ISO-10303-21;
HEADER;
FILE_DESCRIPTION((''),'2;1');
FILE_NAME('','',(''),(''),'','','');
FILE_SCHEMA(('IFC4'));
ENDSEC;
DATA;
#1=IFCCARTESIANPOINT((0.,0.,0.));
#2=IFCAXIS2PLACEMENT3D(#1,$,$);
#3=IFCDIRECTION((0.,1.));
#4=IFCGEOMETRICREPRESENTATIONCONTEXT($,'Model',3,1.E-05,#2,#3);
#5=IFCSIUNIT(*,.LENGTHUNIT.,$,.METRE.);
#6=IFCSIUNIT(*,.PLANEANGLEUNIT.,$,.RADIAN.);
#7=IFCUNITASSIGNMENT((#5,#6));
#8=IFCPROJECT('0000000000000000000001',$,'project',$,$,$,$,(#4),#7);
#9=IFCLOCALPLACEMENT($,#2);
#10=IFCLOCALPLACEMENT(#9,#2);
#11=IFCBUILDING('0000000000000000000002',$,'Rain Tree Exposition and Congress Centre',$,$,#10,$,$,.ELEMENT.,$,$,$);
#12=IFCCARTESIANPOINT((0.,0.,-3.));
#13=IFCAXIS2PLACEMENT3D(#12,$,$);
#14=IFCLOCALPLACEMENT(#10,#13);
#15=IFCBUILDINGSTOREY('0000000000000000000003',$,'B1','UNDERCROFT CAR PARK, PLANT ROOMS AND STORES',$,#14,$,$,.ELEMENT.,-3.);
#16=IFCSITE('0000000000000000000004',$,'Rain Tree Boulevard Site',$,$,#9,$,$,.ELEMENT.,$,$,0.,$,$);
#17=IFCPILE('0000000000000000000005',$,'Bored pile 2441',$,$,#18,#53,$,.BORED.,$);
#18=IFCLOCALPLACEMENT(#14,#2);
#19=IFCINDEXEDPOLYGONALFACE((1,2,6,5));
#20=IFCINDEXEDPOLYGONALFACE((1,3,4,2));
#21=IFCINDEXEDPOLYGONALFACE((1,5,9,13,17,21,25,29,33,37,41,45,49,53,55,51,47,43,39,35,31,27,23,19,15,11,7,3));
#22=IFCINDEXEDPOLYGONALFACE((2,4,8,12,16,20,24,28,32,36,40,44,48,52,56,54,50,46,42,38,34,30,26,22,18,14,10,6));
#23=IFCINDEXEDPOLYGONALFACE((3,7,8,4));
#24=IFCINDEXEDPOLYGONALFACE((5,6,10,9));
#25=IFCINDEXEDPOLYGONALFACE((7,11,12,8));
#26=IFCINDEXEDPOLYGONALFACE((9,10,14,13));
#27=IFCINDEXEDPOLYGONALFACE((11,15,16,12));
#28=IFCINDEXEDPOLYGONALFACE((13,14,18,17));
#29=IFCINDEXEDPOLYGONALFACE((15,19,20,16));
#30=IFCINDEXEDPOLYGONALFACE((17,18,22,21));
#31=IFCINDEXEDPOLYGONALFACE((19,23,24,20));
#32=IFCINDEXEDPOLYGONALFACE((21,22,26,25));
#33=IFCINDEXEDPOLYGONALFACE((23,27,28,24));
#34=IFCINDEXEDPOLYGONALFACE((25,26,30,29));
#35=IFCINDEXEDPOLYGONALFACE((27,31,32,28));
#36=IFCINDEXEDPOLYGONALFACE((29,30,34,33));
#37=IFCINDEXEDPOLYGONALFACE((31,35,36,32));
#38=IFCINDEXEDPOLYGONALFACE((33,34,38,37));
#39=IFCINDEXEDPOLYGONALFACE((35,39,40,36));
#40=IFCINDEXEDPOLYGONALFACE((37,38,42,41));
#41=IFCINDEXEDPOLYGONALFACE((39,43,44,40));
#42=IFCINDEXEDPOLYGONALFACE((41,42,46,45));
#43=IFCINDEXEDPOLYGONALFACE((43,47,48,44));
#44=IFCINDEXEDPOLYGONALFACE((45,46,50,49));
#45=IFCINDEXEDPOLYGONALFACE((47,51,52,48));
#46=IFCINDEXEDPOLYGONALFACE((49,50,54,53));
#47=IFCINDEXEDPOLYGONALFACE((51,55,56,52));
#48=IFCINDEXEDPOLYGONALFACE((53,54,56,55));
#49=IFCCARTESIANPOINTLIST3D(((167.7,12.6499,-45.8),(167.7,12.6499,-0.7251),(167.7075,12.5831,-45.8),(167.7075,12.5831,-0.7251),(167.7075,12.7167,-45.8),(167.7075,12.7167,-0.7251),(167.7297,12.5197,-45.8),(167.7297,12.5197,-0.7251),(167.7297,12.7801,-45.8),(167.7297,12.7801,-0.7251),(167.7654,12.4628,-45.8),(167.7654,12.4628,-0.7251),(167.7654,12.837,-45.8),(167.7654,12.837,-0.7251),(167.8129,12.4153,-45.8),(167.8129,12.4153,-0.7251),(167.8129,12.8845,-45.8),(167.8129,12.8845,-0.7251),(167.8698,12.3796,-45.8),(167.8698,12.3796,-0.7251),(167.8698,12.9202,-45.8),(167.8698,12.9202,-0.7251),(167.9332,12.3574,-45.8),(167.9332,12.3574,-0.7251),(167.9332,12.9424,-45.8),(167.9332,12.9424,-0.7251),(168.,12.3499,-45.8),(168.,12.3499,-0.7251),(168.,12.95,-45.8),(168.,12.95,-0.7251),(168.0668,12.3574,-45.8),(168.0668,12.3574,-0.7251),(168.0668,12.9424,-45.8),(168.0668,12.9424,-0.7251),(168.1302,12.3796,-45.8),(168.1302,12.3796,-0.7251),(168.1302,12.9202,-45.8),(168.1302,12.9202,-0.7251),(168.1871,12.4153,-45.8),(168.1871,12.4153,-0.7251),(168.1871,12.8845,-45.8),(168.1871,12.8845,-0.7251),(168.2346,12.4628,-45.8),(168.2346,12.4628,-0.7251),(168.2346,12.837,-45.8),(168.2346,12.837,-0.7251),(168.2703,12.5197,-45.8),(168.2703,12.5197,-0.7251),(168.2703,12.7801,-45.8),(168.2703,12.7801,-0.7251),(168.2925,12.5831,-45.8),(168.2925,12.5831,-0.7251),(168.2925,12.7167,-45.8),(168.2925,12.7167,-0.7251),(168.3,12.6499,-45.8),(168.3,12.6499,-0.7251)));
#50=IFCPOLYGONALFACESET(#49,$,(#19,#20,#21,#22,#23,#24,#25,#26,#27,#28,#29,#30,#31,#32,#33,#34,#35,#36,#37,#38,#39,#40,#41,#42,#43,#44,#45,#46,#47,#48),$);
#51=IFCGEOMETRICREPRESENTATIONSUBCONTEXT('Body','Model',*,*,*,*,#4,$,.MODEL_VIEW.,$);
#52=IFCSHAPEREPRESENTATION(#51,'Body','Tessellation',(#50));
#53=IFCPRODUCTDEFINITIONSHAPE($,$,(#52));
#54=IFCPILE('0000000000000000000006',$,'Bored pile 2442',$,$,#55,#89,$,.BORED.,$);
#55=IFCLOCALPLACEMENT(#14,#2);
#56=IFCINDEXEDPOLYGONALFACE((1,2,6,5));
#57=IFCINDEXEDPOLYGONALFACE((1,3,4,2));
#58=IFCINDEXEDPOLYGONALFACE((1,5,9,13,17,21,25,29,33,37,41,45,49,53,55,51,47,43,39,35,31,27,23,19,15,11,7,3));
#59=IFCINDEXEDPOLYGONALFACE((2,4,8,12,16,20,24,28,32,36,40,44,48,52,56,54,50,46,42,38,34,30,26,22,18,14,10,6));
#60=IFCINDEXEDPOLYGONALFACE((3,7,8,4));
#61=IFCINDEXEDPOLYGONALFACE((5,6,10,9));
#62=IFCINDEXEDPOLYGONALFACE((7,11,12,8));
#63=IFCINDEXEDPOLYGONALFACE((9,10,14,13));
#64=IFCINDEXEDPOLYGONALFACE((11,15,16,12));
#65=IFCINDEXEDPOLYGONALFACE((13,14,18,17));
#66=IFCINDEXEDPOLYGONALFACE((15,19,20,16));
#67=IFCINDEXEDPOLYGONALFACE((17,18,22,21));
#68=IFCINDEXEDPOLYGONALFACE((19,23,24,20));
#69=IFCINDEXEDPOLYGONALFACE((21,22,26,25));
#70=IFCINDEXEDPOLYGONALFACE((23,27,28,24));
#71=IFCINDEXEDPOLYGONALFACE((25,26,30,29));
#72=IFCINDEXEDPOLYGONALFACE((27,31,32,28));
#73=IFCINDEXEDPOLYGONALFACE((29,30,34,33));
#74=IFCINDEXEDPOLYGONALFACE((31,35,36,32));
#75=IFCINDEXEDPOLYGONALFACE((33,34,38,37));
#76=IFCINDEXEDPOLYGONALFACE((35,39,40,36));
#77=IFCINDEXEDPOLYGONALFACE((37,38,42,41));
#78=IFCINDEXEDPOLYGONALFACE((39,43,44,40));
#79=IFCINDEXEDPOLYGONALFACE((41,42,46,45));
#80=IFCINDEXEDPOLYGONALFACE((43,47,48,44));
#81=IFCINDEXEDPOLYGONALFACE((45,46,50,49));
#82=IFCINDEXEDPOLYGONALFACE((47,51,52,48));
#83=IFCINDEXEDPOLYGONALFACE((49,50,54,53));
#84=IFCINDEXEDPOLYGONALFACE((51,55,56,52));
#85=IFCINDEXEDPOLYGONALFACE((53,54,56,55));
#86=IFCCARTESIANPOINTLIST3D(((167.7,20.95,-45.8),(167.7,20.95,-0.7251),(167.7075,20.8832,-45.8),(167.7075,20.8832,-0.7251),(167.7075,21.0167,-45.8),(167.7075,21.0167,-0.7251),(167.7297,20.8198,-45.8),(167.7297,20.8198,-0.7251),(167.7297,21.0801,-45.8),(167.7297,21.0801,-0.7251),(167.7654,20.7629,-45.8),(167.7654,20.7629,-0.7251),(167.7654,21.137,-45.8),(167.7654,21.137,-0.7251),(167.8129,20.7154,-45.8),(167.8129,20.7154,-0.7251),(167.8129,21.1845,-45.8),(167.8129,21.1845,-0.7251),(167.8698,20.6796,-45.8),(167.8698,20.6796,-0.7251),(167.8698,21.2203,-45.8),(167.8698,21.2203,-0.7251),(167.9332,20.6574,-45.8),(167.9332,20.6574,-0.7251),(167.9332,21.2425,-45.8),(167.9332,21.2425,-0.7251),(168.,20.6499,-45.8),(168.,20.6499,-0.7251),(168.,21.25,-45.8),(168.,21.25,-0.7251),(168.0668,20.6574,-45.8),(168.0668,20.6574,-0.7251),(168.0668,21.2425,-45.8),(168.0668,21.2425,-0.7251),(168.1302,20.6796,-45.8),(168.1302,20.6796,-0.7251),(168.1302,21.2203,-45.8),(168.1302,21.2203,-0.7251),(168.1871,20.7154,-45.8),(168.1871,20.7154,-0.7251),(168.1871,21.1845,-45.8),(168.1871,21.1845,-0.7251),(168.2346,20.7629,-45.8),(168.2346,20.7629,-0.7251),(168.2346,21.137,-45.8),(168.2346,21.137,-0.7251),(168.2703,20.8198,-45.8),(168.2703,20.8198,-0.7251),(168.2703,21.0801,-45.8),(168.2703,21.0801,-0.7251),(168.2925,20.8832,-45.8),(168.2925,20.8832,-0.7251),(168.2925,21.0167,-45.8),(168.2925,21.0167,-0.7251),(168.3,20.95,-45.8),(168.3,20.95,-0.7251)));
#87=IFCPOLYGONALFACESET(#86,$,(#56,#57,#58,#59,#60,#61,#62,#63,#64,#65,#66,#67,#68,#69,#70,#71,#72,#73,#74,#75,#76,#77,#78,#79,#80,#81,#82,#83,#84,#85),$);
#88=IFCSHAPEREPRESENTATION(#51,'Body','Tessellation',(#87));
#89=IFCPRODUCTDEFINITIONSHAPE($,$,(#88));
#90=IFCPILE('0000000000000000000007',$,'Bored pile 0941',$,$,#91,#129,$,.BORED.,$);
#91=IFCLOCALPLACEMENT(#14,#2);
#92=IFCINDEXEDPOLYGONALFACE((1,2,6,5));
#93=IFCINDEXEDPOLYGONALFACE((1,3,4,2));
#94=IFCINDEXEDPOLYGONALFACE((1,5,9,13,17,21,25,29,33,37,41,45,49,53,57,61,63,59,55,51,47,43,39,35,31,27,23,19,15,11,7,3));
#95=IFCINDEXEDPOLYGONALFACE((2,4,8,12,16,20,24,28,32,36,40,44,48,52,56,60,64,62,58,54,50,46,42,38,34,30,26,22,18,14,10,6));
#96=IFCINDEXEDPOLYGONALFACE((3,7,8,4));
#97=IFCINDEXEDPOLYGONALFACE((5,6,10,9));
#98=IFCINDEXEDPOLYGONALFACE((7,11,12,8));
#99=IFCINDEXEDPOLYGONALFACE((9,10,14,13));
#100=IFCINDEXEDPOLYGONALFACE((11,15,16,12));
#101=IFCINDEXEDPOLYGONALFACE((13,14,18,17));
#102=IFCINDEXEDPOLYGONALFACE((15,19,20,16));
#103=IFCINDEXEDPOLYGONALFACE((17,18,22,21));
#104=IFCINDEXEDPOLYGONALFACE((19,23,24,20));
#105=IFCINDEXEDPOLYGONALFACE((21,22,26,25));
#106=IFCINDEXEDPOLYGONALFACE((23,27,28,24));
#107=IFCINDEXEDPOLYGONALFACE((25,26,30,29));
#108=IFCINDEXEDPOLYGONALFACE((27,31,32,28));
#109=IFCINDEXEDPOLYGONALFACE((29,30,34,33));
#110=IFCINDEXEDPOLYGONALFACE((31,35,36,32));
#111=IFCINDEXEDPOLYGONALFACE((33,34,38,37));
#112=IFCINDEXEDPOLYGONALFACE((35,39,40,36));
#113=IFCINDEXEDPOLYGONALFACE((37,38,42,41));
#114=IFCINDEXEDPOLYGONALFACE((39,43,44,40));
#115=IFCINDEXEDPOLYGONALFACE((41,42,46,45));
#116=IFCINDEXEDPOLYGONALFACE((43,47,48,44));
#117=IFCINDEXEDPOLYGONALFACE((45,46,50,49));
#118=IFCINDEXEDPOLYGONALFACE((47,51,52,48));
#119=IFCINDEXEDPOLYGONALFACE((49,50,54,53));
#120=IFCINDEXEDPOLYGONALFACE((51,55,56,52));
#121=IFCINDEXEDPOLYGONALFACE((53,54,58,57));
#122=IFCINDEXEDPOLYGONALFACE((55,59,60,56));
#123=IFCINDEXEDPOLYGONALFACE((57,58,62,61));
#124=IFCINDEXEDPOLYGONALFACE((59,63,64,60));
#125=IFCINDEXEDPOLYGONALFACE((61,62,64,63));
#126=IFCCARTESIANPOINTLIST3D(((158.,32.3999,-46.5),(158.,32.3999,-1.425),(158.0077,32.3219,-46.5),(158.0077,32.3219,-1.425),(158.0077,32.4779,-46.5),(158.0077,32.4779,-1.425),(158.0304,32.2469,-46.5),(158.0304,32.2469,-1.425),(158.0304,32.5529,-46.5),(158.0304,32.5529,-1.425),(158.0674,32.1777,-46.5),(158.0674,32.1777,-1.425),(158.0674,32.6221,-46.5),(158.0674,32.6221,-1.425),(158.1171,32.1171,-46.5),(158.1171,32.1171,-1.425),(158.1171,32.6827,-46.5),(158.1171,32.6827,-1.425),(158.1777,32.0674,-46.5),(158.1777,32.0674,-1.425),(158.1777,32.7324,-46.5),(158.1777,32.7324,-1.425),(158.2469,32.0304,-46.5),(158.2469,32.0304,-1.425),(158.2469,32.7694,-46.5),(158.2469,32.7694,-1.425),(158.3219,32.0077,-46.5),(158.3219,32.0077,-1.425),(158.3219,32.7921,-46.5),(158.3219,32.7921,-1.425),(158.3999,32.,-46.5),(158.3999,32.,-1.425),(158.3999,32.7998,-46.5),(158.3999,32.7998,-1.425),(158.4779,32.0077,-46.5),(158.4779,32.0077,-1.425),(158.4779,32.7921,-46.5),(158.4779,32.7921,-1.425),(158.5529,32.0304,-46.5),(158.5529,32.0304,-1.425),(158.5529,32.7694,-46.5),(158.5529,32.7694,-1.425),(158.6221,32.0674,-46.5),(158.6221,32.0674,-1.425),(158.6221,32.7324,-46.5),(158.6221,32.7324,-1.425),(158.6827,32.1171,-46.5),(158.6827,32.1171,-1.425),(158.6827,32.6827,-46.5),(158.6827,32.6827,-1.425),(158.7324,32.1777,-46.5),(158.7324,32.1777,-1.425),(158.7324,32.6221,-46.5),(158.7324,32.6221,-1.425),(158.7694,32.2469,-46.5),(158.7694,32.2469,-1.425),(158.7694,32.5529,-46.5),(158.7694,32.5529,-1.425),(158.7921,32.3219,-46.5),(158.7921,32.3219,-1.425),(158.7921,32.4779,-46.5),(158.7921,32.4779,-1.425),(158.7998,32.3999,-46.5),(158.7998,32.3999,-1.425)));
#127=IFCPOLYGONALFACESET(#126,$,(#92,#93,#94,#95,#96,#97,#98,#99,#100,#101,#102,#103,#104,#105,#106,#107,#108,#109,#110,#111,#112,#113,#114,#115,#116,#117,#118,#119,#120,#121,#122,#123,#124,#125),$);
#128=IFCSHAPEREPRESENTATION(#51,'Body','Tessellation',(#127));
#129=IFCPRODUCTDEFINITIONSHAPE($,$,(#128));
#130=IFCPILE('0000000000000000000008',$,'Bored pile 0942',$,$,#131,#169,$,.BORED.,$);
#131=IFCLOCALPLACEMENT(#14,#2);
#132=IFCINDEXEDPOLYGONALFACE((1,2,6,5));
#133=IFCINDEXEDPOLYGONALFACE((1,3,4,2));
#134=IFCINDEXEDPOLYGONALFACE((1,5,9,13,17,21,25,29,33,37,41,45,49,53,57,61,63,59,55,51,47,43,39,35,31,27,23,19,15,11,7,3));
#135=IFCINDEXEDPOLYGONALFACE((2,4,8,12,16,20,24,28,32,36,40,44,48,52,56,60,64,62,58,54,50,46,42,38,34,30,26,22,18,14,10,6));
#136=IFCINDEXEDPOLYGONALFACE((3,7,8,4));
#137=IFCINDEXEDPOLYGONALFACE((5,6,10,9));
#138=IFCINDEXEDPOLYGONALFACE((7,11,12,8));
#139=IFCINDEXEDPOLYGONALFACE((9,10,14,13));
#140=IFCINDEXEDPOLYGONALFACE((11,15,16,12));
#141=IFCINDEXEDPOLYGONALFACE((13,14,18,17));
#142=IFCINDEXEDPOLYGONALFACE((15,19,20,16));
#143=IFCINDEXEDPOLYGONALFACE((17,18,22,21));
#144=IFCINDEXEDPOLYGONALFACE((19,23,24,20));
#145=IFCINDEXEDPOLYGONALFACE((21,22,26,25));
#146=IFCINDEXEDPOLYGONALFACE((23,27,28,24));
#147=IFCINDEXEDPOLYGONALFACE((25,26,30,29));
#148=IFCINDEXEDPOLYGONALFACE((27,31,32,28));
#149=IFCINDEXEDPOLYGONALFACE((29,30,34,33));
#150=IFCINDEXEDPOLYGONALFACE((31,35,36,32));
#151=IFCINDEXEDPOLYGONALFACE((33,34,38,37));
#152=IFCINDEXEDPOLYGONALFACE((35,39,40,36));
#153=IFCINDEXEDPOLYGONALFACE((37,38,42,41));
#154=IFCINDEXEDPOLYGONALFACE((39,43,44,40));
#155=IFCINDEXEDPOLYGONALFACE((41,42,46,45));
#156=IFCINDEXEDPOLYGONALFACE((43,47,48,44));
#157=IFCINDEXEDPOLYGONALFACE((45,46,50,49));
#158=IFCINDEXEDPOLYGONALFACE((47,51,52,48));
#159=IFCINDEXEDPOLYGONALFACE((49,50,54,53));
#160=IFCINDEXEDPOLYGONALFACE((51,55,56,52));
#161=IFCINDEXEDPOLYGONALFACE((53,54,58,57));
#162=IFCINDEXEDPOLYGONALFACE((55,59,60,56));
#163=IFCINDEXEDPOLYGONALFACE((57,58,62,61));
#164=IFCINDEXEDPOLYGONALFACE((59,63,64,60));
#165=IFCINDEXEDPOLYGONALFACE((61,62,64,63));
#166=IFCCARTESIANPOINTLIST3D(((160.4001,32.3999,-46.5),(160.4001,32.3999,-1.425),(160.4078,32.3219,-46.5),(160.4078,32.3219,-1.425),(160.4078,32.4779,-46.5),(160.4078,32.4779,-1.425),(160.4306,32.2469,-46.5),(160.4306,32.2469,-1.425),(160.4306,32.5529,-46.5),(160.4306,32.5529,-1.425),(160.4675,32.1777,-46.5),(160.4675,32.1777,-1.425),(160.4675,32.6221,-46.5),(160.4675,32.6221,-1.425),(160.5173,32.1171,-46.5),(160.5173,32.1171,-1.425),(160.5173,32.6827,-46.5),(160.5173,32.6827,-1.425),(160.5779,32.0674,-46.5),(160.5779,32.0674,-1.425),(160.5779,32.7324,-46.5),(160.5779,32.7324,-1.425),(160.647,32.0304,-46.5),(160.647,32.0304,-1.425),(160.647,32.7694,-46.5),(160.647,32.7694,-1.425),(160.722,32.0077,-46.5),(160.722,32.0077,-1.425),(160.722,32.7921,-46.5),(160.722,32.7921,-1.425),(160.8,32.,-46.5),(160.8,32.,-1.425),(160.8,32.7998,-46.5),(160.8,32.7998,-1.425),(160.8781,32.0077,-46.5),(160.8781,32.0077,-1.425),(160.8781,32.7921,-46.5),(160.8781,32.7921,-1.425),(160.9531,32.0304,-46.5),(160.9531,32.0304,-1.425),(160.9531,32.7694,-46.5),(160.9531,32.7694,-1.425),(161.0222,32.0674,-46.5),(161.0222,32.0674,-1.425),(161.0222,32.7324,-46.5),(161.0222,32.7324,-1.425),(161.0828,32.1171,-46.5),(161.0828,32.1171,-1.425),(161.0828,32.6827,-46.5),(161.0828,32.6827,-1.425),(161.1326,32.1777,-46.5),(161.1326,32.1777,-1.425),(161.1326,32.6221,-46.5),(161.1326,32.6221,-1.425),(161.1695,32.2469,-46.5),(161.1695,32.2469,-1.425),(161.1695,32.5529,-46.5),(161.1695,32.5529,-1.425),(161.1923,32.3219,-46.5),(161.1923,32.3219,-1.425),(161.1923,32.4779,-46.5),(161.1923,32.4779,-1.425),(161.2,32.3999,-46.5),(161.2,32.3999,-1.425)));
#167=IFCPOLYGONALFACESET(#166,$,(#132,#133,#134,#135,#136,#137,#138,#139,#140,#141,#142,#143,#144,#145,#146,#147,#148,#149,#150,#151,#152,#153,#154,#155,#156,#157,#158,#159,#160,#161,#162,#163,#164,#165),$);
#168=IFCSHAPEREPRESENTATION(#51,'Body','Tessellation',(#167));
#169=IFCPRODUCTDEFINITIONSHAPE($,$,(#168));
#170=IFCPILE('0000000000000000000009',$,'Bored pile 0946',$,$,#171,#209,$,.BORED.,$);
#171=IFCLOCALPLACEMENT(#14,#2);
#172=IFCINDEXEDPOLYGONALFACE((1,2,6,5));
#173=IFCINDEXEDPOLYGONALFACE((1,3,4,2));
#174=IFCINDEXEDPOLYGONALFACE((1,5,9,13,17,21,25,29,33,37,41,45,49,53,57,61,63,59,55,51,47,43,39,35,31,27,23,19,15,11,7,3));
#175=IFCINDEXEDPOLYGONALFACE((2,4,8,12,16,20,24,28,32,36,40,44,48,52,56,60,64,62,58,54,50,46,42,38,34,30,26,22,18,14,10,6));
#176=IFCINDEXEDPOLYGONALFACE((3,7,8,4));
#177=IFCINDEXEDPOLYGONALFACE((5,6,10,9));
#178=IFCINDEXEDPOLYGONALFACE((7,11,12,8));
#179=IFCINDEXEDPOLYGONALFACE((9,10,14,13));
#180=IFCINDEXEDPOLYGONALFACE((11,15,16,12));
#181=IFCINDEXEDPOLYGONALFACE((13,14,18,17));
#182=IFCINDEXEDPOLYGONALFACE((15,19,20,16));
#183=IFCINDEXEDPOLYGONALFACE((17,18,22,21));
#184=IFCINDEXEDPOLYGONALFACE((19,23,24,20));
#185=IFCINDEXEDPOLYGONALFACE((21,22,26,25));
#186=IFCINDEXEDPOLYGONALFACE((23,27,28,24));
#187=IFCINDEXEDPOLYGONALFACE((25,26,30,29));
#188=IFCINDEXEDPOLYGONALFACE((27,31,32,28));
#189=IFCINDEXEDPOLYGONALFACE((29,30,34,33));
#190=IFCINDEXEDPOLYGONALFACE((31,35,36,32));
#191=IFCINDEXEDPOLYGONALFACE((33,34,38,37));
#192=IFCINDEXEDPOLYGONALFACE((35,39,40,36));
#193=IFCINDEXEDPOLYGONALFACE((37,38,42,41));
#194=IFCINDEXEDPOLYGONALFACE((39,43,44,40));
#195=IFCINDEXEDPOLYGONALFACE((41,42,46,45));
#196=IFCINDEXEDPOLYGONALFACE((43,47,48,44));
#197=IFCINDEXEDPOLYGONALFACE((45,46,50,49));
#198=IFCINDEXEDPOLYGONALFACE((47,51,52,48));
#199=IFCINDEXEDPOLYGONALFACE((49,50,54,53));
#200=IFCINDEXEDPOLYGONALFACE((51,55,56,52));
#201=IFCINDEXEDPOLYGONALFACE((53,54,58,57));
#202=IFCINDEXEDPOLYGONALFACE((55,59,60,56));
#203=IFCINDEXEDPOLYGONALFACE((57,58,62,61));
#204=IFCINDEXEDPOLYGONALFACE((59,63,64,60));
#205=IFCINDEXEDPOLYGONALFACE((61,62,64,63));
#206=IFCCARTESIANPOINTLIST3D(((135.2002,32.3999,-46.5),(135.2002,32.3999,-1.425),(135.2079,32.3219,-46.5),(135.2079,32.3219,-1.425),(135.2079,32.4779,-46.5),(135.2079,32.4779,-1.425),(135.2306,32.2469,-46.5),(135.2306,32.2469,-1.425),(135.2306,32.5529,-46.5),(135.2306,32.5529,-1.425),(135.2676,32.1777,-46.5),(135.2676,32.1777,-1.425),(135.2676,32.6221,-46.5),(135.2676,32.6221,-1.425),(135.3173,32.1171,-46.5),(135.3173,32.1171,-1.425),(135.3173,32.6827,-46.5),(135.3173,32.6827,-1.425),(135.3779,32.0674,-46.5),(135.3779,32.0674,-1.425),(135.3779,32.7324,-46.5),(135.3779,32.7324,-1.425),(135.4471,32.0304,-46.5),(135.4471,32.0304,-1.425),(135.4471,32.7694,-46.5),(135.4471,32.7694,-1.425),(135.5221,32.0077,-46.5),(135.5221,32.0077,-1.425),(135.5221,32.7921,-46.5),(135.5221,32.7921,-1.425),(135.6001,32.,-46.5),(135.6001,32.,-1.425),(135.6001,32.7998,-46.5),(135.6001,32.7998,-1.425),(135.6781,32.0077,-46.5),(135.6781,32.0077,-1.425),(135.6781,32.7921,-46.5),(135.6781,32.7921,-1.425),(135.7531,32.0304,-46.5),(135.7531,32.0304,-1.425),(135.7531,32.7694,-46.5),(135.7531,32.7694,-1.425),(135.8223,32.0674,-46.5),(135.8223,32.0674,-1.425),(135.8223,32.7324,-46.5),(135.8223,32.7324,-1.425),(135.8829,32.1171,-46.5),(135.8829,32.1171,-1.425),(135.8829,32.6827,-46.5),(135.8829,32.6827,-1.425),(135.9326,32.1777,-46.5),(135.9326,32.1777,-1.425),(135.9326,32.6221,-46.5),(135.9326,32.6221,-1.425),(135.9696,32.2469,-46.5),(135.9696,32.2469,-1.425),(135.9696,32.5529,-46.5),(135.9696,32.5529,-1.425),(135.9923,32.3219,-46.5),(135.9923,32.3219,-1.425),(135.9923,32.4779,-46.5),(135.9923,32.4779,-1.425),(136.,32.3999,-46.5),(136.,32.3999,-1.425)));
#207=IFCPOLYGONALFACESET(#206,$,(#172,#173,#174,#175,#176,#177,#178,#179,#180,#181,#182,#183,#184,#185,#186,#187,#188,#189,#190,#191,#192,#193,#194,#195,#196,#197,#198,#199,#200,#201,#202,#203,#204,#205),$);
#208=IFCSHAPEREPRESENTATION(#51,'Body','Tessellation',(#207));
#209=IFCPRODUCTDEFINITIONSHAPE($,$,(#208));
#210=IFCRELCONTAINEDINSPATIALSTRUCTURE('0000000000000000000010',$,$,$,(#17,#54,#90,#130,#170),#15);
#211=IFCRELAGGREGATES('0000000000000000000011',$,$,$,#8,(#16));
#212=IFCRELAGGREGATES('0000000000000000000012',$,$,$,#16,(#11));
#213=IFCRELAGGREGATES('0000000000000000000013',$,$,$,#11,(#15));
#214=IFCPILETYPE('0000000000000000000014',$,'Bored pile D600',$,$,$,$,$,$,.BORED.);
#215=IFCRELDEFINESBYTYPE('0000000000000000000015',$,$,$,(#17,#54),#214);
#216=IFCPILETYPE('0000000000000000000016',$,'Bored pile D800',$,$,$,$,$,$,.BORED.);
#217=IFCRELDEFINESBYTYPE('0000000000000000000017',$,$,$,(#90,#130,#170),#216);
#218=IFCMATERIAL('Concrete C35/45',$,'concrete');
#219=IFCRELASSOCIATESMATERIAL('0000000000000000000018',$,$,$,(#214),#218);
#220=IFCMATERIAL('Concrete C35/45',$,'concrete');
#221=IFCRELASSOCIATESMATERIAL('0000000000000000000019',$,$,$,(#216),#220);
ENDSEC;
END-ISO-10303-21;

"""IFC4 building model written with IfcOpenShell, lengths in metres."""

from ifc_helpers import new_model, si_unit, direction, frame, origin, origin_2d, place, context, subcontext, project, spatial, circle, extrude, material, material_profile, profile_set, type_object, element, save


model = new_model("IFC4")

# Units and contexts
model_context = context("Model", 3, precision=1e-05, world=origin(), true_north=direction((0.0, 1.0)))
body_context = subcontext(model_context, "Body", "Model", "MODEL_VIEW")
ifc_project = project(units=[si_unit("LENGTHUNIT", "METRE"), si_unit("PLANEANGLEUNIT", "RADIAN")], contexts=[model_context])

# Site, building, storey
site_placement = place(None, origin())
site = spatial("IfcSite", under=ifc_project, at=site_placement, Name="Rain Tree Boulevard Site", CompositionType="ELEMENT", RefElevation=0.0)
building_placement = place(site_placement, origin())
building = spatial("IfcBuilding", under=site, at=building_placement, Name="Rain Tree Exposition and Congress Centre", CompositionType="ELEMENT")
storey_placement = place(building_placement, frame((0.0, 0.0, -3.0)))
storey = spatial("IfcBuildingStorey", under=building, at=storey_placement, Name="B1", Description="UNDERCROFT CAR PARK, PLANT ROOMS AND STORES", CompositionType="ELEMENT", Elevation=-3.0)

# Piles
ifc_material_1 = material(Name="Concrete C35/45", Category="concrete")
ifc_material_profile_1 = material_profile(ifc_material_1, circle(Radius=0.3, at=origin_2d()), Name="D600")
ifc_profile_set_1 = profile_set([ifc_material_profile_1], Name="Concrete C35/45")
pile_type_1 = type_object("IfcPileType", Name="Bored pile D600", PredefinedType="BORED", material=ifc_profile_set_1)
for number, where, z_axis, x_axis, name in (
    (1, (168.0, 12.6499, -0.7251), (0.0, 0.0, -1.0), (1.0, 0.0, 0.0), "Bored pile 2441"),
    (2, (168.0, 20.95, -0.7251), (0.0, 0.0, -1.0), (1.0, 0.0, 0.0), "Bored pile 2442"),
):
    element("IfcPile", number, at=place(storey_placement, frame(where, z_axis=z_axis, x_axis=x_axis)), inside=storey, type_object=pile_type_1, Name=name, PredefinedType="BORED", context=body_context, shape_type="SweptSolid", body=[
        extrude(circle(Radius=0.3, at=origin_2d()), origin(), (0.0, 0.0, 1.0), 45.075),
    ])
ifc_material_2 = material(Name="Concrete C35/45", Category="concrete")
ifc_material_profile_2 = material_profile(ifc_material_2, circle(Radius=0.3999, at=origin_2d()), Name="D800")
ifc_profile_set_2 = profile_set([ifc_material_profile_2], Name="Concrete C35/45")
pile_type_2 = type_object("IfcPileType", Name="Bored pile D800", PredefinedType="BORED", material=ifc_profile_set_2)
for number, where, z_axis, x_axis, name in (
    (3, (158.3999, 32.3999, -1.425), (0.0, 0.0, -1.0), (1.0, 0.0, 0.0), "Bored pile 0941"),
    (4, (160.8, 32.3999, -1.425), (0.0, 0.0, -1.0), (1.0, 0.0, 0.0), "Bored pile 0942"),
    (5, (135.6001, 32.3999, -1.425), (0.0, 0.0, -1.0), (1.0, 0.0, 0.0), "Bored pile 0946"),
):
    element("IfcPile", number, at=place(storey_placement, frame(where, z_axis=z_axis, x_axis=x_axis)), inside=storey, type_object=pile_type_2, Name=name, PredefinedType="BORED", context=body_context, shape_type="SweptSolid", body=[
        extrude(circle(Radius=0.3999, at=origin_2d()), origin(), (0.0, 0.0, 1.0), 45.075),
    ])

save(model, "model.ifc")
